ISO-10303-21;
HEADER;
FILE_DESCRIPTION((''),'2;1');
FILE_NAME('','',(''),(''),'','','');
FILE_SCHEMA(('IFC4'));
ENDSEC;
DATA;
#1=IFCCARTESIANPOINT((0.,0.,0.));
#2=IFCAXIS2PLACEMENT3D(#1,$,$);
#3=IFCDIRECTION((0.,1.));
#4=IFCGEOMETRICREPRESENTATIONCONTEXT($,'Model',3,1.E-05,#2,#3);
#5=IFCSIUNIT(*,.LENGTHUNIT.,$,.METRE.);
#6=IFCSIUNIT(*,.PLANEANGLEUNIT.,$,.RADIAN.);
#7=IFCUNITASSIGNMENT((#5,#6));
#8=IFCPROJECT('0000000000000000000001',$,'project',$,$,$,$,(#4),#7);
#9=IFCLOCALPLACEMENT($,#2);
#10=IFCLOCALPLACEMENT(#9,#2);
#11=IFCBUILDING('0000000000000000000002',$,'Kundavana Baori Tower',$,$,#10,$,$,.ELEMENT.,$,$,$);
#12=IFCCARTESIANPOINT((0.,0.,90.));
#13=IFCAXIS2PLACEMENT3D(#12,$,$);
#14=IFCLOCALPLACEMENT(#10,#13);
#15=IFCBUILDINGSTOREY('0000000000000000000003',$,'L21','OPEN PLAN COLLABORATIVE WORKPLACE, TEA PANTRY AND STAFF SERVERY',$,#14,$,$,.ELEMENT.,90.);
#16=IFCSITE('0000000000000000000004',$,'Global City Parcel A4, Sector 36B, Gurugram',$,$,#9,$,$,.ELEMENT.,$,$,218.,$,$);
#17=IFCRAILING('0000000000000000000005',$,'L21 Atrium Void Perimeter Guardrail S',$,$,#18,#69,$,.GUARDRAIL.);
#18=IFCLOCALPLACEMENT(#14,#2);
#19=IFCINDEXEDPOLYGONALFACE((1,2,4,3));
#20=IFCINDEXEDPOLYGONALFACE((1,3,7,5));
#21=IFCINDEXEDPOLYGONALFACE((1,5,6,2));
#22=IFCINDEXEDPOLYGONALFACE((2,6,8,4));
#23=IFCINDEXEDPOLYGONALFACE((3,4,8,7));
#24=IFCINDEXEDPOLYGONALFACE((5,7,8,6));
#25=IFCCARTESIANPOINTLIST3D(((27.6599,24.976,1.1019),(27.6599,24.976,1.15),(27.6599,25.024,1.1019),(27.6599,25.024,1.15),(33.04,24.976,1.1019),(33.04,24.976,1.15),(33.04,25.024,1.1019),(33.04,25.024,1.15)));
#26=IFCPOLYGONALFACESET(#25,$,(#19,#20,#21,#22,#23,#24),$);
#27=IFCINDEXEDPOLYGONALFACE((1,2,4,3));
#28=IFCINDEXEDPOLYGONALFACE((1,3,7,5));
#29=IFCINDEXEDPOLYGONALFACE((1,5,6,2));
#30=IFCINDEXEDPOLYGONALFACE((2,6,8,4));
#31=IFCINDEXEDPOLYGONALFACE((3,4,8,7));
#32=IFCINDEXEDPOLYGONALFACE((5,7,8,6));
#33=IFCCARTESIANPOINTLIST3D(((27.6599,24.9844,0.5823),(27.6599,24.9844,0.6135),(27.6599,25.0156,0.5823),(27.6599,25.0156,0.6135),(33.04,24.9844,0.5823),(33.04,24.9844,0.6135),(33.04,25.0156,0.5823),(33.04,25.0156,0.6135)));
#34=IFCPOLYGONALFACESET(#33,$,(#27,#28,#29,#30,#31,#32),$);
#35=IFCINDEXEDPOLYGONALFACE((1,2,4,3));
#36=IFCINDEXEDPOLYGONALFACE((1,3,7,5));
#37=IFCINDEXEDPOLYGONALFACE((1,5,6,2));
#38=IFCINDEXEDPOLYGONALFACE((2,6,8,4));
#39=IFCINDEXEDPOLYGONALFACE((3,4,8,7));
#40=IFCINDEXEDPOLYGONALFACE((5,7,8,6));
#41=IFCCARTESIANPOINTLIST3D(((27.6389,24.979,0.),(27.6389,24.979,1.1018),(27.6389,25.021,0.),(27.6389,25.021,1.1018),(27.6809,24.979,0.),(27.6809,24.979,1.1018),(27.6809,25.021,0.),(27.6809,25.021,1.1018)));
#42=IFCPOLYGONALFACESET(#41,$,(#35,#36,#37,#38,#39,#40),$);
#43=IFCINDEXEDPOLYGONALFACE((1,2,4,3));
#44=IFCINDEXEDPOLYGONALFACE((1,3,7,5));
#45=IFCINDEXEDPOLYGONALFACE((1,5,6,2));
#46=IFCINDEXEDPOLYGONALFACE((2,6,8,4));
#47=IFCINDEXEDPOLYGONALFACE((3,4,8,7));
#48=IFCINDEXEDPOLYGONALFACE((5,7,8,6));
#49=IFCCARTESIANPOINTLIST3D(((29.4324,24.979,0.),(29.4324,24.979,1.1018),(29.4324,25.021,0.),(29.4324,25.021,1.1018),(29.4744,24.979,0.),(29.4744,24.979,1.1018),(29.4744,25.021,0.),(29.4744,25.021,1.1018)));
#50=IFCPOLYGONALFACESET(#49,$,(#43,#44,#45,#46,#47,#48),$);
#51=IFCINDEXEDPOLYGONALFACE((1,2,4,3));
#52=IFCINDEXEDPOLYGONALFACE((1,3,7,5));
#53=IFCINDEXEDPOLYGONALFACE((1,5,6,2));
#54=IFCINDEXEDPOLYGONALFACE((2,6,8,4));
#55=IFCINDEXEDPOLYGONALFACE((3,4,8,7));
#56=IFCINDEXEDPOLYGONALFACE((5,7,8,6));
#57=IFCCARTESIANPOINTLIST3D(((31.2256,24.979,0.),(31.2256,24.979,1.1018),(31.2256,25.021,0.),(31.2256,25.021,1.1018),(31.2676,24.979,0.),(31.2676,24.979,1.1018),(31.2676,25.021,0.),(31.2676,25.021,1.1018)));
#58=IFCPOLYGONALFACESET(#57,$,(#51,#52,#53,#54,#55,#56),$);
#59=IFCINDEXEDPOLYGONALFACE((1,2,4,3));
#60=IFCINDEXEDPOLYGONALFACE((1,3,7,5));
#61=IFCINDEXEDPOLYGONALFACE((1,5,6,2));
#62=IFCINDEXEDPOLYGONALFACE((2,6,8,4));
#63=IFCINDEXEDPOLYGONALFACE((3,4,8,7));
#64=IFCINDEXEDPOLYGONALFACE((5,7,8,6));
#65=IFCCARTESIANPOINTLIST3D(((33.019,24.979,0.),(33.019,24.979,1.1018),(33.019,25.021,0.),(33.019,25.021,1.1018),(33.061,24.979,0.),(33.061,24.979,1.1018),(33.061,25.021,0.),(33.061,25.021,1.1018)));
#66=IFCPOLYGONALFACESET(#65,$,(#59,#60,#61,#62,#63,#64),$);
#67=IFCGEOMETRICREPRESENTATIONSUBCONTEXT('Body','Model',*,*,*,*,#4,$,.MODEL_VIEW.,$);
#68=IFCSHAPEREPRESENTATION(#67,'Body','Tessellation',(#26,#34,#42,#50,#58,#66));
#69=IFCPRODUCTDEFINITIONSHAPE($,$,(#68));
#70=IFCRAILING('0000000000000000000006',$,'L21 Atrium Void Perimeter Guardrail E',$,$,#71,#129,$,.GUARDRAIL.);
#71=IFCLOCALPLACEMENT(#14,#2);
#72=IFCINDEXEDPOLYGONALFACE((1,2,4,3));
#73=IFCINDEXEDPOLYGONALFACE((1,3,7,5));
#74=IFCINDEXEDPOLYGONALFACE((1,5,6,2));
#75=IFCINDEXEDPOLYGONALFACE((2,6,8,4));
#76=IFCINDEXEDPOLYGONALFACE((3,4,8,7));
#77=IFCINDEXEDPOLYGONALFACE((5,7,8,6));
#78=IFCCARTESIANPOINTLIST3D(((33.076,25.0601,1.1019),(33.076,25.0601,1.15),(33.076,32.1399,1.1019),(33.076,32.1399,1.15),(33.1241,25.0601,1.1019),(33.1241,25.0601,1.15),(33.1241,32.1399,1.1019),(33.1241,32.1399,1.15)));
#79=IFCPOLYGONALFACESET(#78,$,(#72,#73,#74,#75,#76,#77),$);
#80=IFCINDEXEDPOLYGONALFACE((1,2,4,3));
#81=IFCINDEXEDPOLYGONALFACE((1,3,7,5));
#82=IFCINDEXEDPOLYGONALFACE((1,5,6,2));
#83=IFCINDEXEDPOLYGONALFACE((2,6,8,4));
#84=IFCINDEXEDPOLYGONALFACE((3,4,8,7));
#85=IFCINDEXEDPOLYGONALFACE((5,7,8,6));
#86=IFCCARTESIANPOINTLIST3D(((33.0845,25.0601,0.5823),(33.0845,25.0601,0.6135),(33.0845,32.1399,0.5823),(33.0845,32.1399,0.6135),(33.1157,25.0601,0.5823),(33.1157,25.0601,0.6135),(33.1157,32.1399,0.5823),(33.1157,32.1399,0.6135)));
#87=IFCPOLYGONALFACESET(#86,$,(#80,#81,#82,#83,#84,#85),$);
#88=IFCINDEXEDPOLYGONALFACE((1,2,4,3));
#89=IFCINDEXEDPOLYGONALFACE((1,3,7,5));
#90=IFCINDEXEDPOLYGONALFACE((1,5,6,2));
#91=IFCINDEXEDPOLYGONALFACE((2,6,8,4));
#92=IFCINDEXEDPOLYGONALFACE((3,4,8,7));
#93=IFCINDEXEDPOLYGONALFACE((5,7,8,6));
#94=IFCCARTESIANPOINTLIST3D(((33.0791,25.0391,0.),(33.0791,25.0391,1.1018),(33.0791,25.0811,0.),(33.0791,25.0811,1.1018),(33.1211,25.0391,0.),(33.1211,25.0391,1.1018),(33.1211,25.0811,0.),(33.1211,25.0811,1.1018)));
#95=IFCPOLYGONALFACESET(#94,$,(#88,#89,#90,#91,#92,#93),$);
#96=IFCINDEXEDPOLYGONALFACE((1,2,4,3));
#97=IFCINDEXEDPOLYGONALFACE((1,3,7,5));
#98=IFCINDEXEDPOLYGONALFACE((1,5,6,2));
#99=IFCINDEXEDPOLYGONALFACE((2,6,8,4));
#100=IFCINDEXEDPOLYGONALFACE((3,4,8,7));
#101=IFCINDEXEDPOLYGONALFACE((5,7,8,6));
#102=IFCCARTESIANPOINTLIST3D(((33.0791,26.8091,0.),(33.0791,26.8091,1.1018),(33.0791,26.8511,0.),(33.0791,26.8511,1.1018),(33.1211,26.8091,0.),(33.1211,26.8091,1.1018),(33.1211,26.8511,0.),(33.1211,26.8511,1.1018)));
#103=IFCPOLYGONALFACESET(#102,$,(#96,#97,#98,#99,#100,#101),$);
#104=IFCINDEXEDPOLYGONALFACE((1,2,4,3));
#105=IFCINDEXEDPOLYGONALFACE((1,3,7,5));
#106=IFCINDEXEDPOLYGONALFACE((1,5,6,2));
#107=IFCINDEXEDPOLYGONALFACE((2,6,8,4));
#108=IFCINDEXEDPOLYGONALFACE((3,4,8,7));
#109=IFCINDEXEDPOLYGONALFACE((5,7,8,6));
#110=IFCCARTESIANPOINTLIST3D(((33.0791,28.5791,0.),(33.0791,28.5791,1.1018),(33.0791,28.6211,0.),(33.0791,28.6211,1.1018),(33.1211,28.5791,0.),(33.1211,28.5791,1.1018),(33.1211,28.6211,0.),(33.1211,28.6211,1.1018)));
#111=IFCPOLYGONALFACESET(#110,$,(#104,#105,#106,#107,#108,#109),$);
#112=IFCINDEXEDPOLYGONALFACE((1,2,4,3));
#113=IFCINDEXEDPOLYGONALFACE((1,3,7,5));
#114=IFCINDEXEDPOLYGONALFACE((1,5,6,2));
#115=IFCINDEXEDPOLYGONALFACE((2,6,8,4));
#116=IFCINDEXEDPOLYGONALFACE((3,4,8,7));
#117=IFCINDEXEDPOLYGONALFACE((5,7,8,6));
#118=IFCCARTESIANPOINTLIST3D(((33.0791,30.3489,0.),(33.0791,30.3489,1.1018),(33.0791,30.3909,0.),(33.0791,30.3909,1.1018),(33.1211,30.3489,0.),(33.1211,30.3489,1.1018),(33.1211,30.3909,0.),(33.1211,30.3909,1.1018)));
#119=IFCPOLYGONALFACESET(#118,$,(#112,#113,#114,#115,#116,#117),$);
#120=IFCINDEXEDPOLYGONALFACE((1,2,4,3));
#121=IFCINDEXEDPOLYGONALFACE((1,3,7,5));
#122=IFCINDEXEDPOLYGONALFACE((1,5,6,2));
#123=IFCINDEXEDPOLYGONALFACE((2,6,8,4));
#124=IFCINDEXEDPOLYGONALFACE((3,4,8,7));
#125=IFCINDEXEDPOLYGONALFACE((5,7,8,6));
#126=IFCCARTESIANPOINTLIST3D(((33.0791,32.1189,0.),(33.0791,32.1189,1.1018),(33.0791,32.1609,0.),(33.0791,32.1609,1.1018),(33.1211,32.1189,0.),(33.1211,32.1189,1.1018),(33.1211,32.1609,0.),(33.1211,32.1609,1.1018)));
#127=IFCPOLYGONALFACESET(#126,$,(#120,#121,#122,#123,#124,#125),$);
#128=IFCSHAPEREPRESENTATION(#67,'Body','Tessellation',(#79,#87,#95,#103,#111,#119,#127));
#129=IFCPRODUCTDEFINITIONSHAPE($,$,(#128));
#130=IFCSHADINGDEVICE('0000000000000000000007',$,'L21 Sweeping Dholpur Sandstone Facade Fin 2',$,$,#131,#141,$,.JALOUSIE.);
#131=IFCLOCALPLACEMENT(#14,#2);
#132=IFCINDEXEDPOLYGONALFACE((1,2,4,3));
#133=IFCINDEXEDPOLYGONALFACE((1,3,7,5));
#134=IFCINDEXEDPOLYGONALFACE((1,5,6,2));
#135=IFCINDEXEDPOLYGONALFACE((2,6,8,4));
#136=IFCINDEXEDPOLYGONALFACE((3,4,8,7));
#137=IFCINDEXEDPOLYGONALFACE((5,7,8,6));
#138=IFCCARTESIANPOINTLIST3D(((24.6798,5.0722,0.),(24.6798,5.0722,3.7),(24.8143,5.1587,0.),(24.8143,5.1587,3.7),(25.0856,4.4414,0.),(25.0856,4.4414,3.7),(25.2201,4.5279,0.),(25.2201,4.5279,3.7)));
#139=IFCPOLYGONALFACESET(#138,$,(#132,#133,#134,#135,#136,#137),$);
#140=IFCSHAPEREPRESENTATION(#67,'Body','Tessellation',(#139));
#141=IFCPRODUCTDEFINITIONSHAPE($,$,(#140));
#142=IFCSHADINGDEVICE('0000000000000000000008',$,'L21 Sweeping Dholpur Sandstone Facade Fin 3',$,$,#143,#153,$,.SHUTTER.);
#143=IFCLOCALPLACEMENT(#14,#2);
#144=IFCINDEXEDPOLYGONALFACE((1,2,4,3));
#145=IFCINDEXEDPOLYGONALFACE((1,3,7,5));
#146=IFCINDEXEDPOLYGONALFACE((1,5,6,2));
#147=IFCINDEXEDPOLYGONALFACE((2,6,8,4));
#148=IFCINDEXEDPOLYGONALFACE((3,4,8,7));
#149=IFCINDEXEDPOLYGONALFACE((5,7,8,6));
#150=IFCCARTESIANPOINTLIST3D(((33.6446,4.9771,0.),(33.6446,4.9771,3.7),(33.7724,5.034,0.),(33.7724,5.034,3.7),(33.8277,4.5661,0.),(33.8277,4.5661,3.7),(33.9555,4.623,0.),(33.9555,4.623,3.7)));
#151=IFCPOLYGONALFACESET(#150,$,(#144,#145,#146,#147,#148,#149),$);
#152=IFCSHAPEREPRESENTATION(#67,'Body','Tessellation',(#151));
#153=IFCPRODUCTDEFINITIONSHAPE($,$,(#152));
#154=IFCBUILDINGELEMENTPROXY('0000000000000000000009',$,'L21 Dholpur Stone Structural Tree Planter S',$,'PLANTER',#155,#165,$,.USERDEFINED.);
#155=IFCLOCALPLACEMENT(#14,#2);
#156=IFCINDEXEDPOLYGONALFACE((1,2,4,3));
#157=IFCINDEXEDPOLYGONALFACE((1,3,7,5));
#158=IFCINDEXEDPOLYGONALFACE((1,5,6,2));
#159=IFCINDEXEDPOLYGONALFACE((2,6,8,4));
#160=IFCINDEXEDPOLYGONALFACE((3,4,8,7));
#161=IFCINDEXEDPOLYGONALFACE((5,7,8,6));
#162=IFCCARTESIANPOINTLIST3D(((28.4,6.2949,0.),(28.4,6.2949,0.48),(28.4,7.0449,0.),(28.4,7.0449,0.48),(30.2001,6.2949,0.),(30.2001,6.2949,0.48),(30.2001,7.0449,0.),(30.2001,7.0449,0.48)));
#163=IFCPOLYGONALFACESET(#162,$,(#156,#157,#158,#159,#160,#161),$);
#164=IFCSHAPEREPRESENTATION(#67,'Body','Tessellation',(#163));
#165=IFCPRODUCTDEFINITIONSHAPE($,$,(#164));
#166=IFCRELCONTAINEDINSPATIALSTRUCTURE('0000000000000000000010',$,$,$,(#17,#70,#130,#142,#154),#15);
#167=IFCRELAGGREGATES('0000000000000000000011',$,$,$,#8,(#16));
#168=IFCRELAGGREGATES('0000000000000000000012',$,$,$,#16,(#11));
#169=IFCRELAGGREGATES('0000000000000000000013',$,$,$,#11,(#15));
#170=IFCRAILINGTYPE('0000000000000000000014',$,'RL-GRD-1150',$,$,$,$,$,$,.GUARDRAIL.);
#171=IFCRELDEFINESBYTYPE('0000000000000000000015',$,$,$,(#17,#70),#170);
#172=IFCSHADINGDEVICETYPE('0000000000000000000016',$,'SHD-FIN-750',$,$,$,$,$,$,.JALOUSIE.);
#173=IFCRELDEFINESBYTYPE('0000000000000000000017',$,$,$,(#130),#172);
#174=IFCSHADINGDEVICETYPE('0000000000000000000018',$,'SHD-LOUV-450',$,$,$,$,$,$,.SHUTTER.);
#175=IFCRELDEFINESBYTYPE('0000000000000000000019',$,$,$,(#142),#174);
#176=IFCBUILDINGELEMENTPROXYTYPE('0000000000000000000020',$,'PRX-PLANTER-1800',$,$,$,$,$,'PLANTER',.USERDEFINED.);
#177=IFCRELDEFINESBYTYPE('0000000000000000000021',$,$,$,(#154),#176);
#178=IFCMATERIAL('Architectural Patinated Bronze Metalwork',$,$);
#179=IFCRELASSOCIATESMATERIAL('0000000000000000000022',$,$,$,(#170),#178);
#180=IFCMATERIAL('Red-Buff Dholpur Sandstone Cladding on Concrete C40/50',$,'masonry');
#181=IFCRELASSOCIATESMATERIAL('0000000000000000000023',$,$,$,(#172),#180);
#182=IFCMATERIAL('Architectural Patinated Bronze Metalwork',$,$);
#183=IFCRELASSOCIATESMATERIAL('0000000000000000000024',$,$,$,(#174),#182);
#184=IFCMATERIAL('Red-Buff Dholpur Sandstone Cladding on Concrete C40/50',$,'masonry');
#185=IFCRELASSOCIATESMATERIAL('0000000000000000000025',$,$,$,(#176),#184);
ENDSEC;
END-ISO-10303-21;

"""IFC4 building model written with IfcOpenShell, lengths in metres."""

from ifc_helpers import new_model, si_unit, direction, frame, origin, origin_2d, place, context, subcontext, project, spatial, rectangle, extrude, material, type_object, element, save


model = new_model("IFC4")

# Units and contexts
model_context = context("Model", 3, precision=1e-05, world=origin(), true_north=direction((0.0, 1.0)))
body_context = subcontext(model_context, "Body", "Model", "MODEL_VIEW")
ifc_project = project(units=[si_unit("LENGTHUNIT", "METRE"), si_unit("PLANEANGLEUNIT", "RADIAN")], contexts=[model_context])

# Site, building, storey
site_placement = place(None, origin())
site = spatial("IfcSite", under=ifc_project, at=site_placement, Name="Global City Parcel A4, Sector 36B, Gurugram", CompositionType="ELEMENT", RefElevation=218.0)
building_placement = place(site_placement, origin())
building = spatial("IfcBuilding", under=site, at=building_placement, Name="Kundavana Baori Tower", CompositionType="ELEMENT")
storey_placement = place(building_placement, frame((0.0, 0.0, 90.0)))
storey = spatial("IfcBuildingStorey", under=building, at=storey_placement, Name="L21", Description="OPEN PLAN COLLABORATIVE WORKPLACE, TEA PANTRY AND STAFF SERVERY", CompositionType="ELEMENT", Elevation=90.0)

# Railings
ifc_material_1 = material(Name="Architectural Patinated Bronze Metalwork")
railing_type = type_object("IfcRailingType", Name="RL-GRD-1150", PredefinedType="GUARDRAIL", material=ifc_material_1)
railing_1_placement = place(storey_placement, frame((27.6599, 25.0, 0.0)))
element("IfcRailing", 1, at=railing_1_placement, inside=storey, type_object=railing_type, Name="L21 Atrium Void Perimeter Guardrail S", PredefinedType="GUARDRAIL", context=body_context, shape_type="SweptSolid", body=[
    extrude(rectangle(XDim=0.0481, YDim=0.0481, at=origin_2d()), frame((0.0, 0.0, 1.126), z_axis=(1.0, 0.0, 0.0), x_axis=(0.0, 1.0, 0.0)), (0.0, 0.0, 1.0), 5.3801),
    extrude(rectangle(XDim=0.0312, YDim=0.0312, at=origin_2d()), frame((0.0, 0.0, 0.5979), z_axis=(1.0, 0.0, 0.0), x_axis=(0.0, 1.0, 0.0)), (0.0, 0.0, 1.0), 5.3801),
    extrude(rectangle(XDim=0.042, YDim=0.042, at=origin_2d()), origin(), (0.0, 0.0, 1.0), 1.1018),
    extrude(rectangle(XDim=0.042, YDim=0.042, at=origin_2d()), frame((1.7935, 0.0, 0.0)), (0.0, 0.0, 1.0), 1.1018),
    extrude(rectangle(XDim=0.042, YDim=0.042, at=origin_2d()), frame((3.5867, 0.0, 0.0)), (0.0, 0.0, 1.0), 1.1018),
    extrude(rectangle(XDim=0.042, YDim=0.042, at=origin_2d()), frame((5.3801, 0.0, 0.0)), (0.0, 0.0, 1.0), 1.1018),
])
railing_2_placement = place(storey_placement, frame((33.1001, 25.0601, 0.0)))
element("IfcRailing", 2, at=railing_2_placement, inside=storey, type_object=railing_type, Name="L21 Atrium Void Perimeter Guardrail E", PredefinedType="GUARDRAIL", context=body_context, shape_type="SweptSolid", body=[
    extrude(rectangle(XDim=0.0481, YDim=0.0481, at=origin_2d()), frame((0.0, 0.0, 1.126), z_axis=(0.0, 1.0, 0.0), x_axis=(-1.0, 0.0, 0.0)), (0.0, 0.0, 1.0), 7.0798),
    extrude(rectangle(XDim=0.0312, YDim=0.0312, at=origin_2d()), frame((0.0, 0.0, 0.5979), z_axis=(0.0, 1.0, 0.0), x_axis=(-1.0, 0.0, 0.0)), (0.0, 0.0, 1.0), 7.0798),
    extrude(rectangle(XDim=0.042, YDim=0.042, at=origin_2d()), origin(), (0.0, 0.0, 1.0), 1.1018),
    extrude(rectangle(XDim=0.042, YDim=0.042, at=origin_2d()), frame((0.0, 1.77, 0.0)), (0.0, 0.0, 1.0), 1.1018),
    extrude(rectangle(XDim=0.042, YDim=0.042, at=origin_2d()), frame((0.0, 3.54, 0.0)), (0.0, 0.0, 1.0), 1.1018),
    extrude(rectangle(XDim=0.042, YDim=0.042, at=origin_2d()), frame((0.0, 5.3098, 0.0)), (0.0, 0.0, 1.0), 1.1018),
    extrude(rectangle(XDim=0.042, YDim=0.042, at=origin_2d()), frame((0.0, 7.0798, 0.0)), (0.0, 0.0, 1.0), 1.1018),
])

# Shading devices
ifc_material_2 = material(Name="Red-Buff Dholpur Sandstone Cladding on Concrete C40/50", Category="masonry")
shading_device_type_1 = type_object("IfcShadingDeviceType", Name="SHD-FIN-750", PredefinedType="JALOUSIE", material=ifc_material_2)
shading_device_1_placement = place(storey_placement, frame((24.95, 4.8, 0.0), z_axis=(0.0, 0.0, 1.0), x_axis=(0.841039, 0.540974, 0.0)))
element("IfcShadingDevice", 3, at=shading_device_1_placement, inside=storey, type_object=shading_device_type_1, Name="L21 Sweeping Dholpur Sandstone Facade Fin 2", PredefinedType="JALOUSIE", context=body_context, shape_type="SweptSolid", body=[
    extrude(rectangle(XDim=0.1599, YDim=0.75, at=origin_2d()), origin(), (0.0, 0.0, 1.0), 3.7),
])
ifc_material_3 = material(Name="Architectural Patinated Bronze Metalwork")
shading_device_type_2 = type_object("IfcShadingDeviceType", Name="SHD-LOUV-450", PredefinedType="SHUTTER", material=ifc_material_3)
shading_device_2_placement = place(storey_placement, frame((33.8, 4.8, 0.0), z_axis=(0.0, 0.0, 1.0), x_axis=(0.913474, 0.406896, 0.0)))
element("IfcShadingDevice", 4, at=shading_device_2_placement, inside=storey, type_object=shading_device_type_2, Name="L21 Sweeping Dholpur Sandstone Facade Fin 3", PredefinedType="SHUTTER", context=body_context, shape_type="SweptSolid", body=[
    extrude(rectangle(XDim=0.1399, YDim=0.45, at=origin_2d()), origin(), (0.0, 0.0, 1.0), 3.7),
])

# Building element proxy
ifc_material_4 = material(Name="Red-Buff Dholpur Sandstone Cladding on Concrete C40/50", Category="masonry")
building_element_proxy_type = type_object("IfcBuildingElementProxyType", Name="PRX-PLANTER-1800", ElementType="PLANTER", PredefinedType="USERDEFINED", material=ifc_material_4)
proxy_placement = place(storey_placement, frame((29.3, 6.6699, 0.0), z_axis=(0.0, 0.0, 1.0), x_axis=(1.0, 0.0, 0.0)))
element("IfcBuildingElementProxy", 5, at=proxy_placement, inside=storey, type_object=building_element_proxy_type, Name="L21 Dholpur Stone Structural Tree Planter S", ObjectType="PLANTER", PredefinedType="USERDEFINED", context=body_context, shape_type="SweptSolid", body=[
    extrude(rectangle(XDim=1.8, YDim=0.75, at=origin_2d()), origin(), (0.0, 0.0, 1.0), 0.48),
])

save(model, "model.ifc")
